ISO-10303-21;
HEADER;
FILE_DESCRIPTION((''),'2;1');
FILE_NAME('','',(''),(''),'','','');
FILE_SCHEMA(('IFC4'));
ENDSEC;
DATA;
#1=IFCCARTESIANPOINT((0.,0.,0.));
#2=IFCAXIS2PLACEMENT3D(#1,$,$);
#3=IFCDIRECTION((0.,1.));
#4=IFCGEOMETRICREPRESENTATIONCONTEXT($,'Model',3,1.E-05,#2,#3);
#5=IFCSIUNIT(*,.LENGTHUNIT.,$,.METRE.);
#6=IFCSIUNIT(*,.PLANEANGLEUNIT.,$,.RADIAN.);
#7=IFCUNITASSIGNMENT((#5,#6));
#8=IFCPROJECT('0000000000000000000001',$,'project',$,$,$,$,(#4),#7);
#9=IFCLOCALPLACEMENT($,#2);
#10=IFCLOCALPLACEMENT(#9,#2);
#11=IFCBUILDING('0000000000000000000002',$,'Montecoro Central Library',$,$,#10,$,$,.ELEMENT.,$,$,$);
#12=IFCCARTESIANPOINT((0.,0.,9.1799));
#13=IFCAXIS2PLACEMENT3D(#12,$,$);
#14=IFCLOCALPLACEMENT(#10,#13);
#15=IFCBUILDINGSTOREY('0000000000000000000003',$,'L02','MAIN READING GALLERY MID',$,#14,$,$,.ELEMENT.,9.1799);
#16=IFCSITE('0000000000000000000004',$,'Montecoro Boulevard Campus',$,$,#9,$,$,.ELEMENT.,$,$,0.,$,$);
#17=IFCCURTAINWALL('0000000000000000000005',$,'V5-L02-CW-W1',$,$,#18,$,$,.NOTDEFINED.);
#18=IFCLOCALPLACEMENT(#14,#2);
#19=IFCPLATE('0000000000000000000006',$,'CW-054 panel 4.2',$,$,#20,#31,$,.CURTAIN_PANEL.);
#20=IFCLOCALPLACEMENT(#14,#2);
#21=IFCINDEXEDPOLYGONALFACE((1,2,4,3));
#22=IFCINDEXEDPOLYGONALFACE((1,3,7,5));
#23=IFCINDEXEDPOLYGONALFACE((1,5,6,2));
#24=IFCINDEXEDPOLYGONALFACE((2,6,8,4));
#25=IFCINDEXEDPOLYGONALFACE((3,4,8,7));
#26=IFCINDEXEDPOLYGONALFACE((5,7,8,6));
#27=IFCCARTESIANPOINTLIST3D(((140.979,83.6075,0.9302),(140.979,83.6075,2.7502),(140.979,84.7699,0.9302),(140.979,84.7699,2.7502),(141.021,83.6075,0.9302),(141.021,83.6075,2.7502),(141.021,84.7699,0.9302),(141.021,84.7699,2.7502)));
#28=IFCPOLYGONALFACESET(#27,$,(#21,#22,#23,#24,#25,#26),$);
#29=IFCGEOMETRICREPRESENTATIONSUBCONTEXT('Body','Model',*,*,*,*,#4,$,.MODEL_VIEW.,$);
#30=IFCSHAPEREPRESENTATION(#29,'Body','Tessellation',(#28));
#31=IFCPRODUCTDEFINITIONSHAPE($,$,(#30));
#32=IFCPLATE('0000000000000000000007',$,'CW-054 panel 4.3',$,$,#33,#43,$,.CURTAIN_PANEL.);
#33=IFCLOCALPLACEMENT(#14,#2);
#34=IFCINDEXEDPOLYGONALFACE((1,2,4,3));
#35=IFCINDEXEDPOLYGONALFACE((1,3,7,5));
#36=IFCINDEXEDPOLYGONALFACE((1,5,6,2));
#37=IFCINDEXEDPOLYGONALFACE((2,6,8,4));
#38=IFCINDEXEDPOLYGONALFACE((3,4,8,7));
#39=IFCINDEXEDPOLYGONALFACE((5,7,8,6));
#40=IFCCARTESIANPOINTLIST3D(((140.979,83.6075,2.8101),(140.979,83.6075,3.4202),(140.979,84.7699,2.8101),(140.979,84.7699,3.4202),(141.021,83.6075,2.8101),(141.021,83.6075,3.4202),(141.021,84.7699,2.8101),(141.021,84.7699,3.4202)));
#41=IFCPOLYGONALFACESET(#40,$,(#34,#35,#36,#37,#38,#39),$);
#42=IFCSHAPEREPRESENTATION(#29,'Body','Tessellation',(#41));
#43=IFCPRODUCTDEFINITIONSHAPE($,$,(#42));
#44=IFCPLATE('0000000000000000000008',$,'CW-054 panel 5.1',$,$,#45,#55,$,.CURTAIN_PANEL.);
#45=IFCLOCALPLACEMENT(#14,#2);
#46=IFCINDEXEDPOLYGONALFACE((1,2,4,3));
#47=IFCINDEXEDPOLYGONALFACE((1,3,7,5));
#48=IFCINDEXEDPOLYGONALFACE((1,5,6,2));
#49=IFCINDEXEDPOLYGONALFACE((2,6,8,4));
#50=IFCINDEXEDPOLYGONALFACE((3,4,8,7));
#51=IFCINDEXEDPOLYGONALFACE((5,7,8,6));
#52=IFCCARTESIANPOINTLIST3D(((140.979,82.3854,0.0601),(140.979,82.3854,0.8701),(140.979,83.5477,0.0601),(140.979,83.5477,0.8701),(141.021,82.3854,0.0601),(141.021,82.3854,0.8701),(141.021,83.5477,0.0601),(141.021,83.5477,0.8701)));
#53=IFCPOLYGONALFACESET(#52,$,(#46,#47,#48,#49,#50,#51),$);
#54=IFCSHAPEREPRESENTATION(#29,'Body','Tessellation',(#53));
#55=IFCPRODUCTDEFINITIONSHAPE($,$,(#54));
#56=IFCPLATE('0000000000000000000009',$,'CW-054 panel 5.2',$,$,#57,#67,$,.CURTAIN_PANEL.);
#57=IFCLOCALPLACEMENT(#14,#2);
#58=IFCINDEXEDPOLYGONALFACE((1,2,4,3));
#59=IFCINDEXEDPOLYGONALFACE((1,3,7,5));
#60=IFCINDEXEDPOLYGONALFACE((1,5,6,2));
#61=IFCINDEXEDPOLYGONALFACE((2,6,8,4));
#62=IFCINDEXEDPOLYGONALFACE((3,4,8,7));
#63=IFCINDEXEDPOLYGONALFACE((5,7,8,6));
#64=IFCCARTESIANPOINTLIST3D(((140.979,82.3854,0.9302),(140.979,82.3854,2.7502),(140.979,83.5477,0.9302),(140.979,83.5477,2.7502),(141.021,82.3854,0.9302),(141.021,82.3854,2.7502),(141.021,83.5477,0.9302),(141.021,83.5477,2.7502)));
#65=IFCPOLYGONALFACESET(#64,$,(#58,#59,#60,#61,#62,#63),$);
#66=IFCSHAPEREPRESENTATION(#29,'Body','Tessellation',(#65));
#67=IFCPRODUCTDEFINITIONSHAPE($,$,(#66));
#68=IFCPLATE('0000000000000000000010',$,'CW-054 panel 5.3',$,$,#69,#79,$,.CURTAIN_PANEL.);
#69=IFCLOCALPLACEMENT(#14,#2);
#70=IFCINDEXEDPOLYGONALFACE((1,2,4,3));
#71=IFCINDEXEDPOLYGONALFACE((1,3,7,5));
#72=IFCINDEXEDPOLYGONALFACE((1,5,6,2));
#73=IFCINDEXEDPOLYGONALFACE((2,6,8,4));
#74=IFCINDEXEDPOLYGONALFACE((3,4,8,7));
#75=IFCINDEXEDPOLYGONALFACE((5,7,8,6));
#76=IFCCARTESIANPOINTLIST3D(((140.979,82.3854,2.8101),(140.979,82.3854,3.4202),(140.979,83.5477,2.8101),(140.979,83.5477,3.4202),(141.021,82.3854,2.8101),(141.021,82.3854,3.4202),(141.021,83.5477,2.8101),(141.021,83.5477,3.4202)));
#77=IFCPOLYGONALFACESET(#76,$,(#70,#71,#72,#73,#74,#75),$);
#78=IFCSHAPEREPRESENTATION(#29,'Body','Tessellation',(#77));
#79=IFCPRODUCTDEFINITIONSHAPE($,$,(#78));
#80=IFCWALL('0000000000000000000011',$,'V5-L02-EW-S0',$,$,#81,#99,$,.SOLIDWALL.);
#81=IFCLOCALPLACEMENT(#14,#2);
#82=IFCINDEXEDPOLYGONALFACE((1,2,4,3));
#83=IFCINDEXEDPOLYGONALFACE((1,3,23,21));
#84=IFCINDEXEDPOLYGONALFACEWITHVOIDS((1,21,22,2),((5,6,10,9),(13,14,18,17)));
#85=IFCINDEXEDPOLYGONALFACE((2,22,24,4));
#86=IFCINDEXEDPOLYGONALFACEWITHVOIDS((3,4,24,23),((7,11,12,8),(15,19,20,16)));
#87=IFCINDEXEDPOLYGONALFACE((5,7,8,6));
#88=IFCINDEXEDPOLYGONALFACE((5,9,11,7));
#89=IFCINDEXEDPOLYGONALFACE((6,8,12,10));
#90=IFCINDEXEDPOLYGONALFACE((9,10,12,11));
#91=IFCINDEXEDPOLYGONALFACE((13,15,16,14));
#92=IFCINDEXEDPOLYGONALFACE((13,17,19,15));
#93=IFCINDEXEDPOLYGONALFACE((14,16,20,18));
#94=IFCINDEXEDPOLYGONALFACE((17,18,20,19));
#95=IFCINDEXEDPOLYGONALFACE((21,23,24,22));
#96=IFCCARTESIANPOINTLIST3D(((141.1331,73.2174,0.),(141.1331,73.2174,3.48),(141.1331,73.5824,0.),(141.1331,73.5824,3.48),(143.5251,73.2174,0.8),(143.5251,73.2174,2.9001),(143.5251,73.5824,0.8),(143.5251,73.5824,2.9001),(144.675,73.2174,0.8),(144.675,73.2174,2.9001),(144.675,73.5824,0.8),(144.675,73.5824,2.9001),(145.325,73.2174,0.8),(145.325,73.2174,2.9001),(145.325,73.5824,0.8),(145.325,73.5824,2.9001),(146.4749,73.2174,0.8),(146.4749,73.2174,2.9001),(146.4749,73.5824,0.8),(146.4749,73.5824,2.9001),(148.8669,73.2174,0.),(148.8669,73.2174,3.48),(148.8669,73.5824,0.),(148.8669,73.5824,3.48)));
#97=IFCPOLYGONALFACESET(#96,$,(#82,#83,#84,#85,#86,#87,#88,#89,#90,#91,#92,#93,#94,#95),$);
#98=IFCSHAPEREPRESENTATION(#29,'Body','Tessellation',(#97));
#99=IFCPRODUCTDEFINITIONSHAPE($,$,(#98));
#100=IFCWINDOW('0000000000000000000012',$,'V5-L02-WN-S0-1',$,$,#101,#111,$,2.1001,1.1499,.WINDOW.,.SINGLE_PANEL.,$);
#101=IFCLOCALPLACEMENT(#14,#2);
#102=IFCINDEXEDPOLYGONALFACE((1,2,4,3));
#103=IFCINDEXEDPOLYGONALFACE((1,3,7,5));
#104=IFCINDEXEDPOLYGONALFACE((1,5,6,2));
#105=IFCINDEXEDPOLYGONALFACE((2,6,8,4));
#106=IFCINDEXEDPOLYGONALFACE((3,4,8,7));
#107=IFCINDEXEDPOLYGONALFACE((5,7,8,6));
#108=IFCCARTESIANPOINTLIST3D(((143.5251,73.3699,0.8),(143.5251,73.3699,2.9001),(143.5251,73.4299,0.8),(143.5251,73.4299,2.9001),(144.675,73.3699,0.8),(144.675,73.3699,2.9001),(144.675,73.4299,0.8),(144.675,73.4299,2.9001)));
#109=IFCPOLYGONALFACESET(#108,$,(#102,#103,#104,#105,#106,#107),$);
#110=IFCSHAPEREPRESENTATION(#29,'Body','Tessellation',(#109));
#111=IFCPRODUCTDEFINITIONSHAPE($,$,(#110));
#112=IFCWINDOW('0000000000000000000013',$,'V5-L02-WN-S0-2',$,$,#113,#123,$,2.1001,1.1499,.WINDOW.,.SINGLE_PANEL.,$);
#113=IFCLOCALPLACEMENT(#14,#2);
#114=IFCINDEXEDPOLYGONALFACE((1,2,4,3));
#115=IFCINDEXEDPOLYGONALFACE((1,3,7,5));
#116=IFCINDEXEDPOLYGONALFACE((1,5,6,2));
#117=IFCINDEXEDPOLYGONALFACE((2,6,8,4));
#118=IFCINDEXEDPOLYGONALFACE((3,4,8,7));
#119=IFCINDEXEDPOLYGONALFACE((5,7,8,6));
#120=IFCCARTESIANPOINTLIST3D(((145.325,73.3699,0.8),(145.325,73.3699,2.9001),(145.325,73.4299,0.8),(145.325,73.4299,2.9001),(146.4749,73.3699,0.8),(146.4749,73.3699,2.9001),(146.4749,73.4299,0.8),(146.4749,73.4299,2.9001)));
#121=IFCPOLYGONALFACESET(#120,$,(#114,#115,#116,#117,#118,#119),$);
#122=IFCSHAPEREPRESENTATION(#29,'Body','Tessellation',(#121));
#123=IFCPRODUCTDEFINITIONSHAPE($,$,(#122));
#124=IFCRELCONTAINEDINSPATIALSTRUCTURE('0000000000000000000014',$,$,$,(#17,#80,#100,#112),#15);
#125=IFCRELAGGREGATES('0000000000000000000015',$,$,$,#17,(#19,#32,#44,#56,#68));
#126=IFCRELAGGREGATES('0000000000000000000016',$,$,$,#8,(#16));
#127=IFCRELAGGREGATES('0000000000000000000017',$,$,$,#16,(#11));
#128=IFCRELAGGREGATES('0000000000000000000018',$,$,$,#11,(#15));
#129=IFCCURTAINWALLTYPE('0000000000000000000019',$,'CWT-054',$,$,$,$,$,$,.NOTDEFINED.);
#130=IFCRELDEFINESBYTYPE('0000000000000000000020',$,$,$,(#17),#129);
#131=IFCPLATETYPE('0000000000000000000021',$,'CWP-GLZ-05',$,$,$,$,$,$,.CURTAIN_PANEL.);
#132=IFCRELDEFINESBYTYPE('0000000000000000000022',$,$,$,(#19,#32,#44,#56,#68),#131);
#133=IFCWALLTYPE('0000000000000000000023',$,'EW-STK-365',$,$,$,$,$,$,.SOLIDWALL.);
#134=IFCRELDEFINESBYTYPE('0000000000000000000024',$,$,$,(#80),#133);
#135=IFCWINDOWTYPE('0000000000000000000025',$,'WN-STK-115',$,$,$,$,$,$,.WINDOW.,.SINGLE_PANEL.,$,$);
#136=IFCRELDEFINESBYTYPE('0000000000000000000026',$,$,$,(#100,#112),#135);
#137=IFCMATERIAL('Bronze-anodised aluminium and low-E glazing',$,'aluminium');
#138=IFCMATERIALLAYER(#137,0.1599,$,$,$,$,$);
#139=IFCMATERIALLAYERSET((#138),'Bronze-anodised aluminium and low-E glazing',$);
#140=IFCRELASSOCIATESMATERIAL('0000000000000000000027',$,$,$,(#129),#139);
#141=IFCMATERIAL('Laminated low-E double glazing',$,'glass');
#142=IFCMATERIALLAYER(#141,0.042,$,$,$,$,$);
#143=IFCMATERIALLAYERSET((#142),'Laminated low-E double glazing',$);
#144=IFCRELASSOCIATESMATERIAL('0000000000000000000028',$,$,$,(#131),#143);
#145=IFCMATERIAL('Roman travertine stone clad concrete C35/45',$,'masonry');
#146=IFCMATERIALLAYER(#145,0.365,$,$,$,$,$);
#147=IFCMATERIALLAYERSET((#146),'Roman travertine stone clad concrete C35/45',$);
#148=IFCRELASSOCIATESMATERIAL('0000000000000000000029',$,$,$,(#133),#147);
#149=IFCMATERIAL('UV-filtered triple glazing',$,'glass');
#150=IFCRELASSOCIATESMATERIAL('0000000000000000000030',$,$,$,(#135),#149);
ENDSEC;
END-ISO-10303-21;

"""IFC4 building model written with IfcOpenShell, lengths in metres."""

from ifc_helpers import new_model, si_unit, direction, frame, frame_2d, origin, origin_2d, place, context, subcontext, project, spatial, rectangle, extrude, material, layer, layer_set, type_object, element, fill, aggregate, save


model = new_model("IFC4")

# Units and contexts
model_context = context("Model", 3, precision=1e-05, world=origin(), true_north=direction((0.0, 1.0)))
body_context = subcontext(model_context, "Body", "Model", "MODEL_VIEW")
ifc_project = project(units=[si_unit("LENGTHUNIT", "METRE"), si_unit("PLANEANGLEUNIT", "RADIAN")], contexts=[model_context])

# Site, building, storey
site_placement = place(None, origin())
site = spatial("IfcSite", under=ifc_project, at=site_placement, Name="Montecoro Boulevard Campus", CompositionType="ELEMENT", RefElevation=0.0)
building_placement = place(site_placement, origin())
building = spatial("IfcBuilding", under=site, at=building_placement, Name="Montecoro Central Library", CompositionType="ELEMENT")
storey_placement = place(building_placement, frame((0.0, 0.0, 9.1799)))
storey = spatial("IfcBuildingStorey", under=building, at=storey_placement, Name="L02", Description="MAIN READING GALLERY MID", CompositionType="ELEMENT", Elevation=9.1799)

# Curtain wall, plates
ifc_material_1 = material(Name="Bronze-anodised aluminium and low-E glazing", Category="aluminium")
ifc_layer_1 = layer(ifc_material_1, 0.1599)
ifc_layer_set_1 = layer_set([ifc_layer_1], Name="Bronze-anodised aluminium and low-E glazing")
curtain_wall_type = type_object("IfcCurtainWallType", Name="CWT-054", PredefinedType="NOTDEFINED", material=ifc_layer_set_1)
curtain_wall_placement = place(storey_placement, origin())
curtain_wall = element("IfcCurtainWall", 1, at=curtain_wall_placement, inside=storey, type_object=curtain_wall_type, Name="V5-L02-CW-W1", PredefinedType="NOTDEFINED")
ifc_material_2 = material(Name="Laminated low-E double glazing", Category="glass")
ifc_layer_2 = layer(ifc_material_2, 0.042)
ifc_layer_set_2 = layer_set([ifc_layer_2], Name="Laminated low-E double glazing")
plate_type = type_object("IfcPlateType", Name="CWP-GLZ-05", PredefinedType="CURTAIN_PANEL", material=ifc_layer_set_2)
plate_1_placement = place(storey_placement, frame((141.0, 84.1887, 0.9302), z_axis=(0.0, 0.0, 1.0), x_axis=(0.0, -1.0, 0.0)))
plate_1 = element("IfcPlate", 2, at=plate_1_placement, type_object=plate_type, Name="CW-054 panel 4.2", PredefinedType="CURTAIN_PANEL", context=body_context, shape_type="SweptSolid", body=[
    extrude(rectangle(XDim=1.1624, YDim=0.042, at=origin_2d()), origin(), (0.0, 0.0, 1.0), 1.8201),
])
plate_2_placement = place(storey_placement, frame((141.0, 84.1887, 2.8101), z_axis=(0.0, 0.0, 1.0), x_axis=(0.0, -1.0, 0.0)))
plate_2 = element("IfcPlate", 3, at=plate_2_placement, type_object=plate_type, Name="CW-054 panel 4.3", PredefinedType="CURTAIN_PANEL", context=body_context, shape_type="SweptSolid", body=[
    extrude(rectangle(XDim=1.1624, YDim=0.042, at=origin_2d()), origin(), (0.0, 0.0, 1.0), 0.6101),
])
plate_3_placement = place(storey_placement, frame((141.0, 82.9666, 0.0601), z_axis=(0.0, 0.0, 1.0), x_axis=(0.0, -1.0, 0.0)))
plate_3 = element("IfcPlate", 4, at=plate_3_placement, type_object=plate_type, Name="CW-054 panel 5.1", PredefinedType="CURTAIN_PANEL", context=body_context, shape_type="SweptSolid", body=[
    extrude(rectangle(XDim=1.1624, YDim=0.042, at=origin_2d()), origin(), (0.0, 0.0, 1.0), 0.8101),
])
plate_4_placement = place(storey_placement, frame((141.0, 82.9666, 0.9302), z_axis=(0.0, 0.0, 1.0), x_axis=(0.0, -1.0, 0.0)))
plate_4 = element("IfcPlate", 5, at=plate_4_placement, type_object=plate_type, Name="CW-054 panel 5.2", PredefinedType="CURTAIN_PANEL", context=body_context, shape_type="SweptSolid", body=[
    extrude(rectangle(XDim=1.1624, YDim=0.042, at=origin_2d()), origin(), (0.0, 0.0, 1.0), 1.8201),
])
plate_5_placement = place(storey_placement, frame((141.0, 82.9666, 2.8101), z_axis=(0.0, 0.0, 1.0), x_axis=(0.0, -1.0, 0.0)))
plate_5 = element("IfcPlate", 6, at=plate_5_placement, type_object=plate_type, Name="CW-054 panel 5.3", PredefinedType="CURTAIN_PANEL", context=body_context, shape_type="SweptSolid", body=[
    extrude(rectangle(XDim=1.1624, YDim=0.042, at=origin_2d()), origin(), (0.0, 0.0, 1.0), 0.6101),
])
aggregate(curtain_wall, [plate_1, plate_2, plate_3, plate_4, plate_5])

# Wall, openings, windows
ifc_material_3 = material(Name="Roman travertine stone clad concrete C35/45", Category="masonry")
ifc_layer_3 = layer(ifc_material_3, 0.365)
ifc_layer_set_3 = layer_set([ifc_layer_3], Name="Roman travertine stone clad concrete C35/45")
wall_type = type_object("IfcWallType", Name="EW-STK-365", PredefinedType="SOLIDWALL", material=ifc_layer_set_3)
wall_placement = place(storey_placement, frame((141.1331, 73.3999, 0.0), z_axis=(0.0, 0.0, 1.0), x_axis=(1.0, 0.0, 0.0)))
wall = element("IfcWall", 7, at=wall_placement, inside=storey, type_object=wall_type, Name="V5-L02-EW-S0", PredefinedType="SOLIDWALL", context=body_context, shape_type="SweptSolid", body=[
    extrude(rectangle(XDim=7.7339, YDim=0.365, at=frame_2d((3.8669, 0.0))), origin(), (0.0, 0.0, 1.0), 3.48),
])
opening_1_placement = place(wall_placement, frame((2.3921, 0.0, 0.8)))
opening_1 = element("IfcOpeningElement", 8, at=opening_1_placement, cuts=wall, PredefinedType="OPENING", context=body_context, shape_type="SweptSolid", body=[
    extrude(rectangle(XDim=1.1499, YDim=2.1001, at=frame_2d((0.575, 1.05))), frame((0.0, 0.1924, 0.0), z_axis=(0.0, -1.0, 0.0), x_axis=(1.0, 0.0, 0.0)), (0.0, 0.0, 1.0), 0.385),
])
opening_2_placement = place(wall_placement, frame((4.1919, 0.0, 0.8)))
opening_2 = element("IfcOpeningElement", 9, at=opening_2_placement, cuts=wall, PredefinedType="OPENING", context=body_context, shape_type="SweptSolid", body=[
    extrude(rectangle(XDim=1.1499, YDim=2.1001, at=frame_2d((0.575, 1.05))), frame((0.0, 0.1924, 0.0), z_axis=(0.0, -1.0, 0.0), x_axis=(1.0, 0.0, 0.0)), (0.0, 0.0, 1.0), 0.385),
])
ifc_material_4 = material(Name="UV-filtered triple glazing", Category="glass")
window_type = type_object("IfcWindowType", Name="WN-STK-115", PartitioningType="SINGLE_PANEL", PredefinedType="WINDOW", material=ifc_material_4)
window_1_placement = place(opening_1_placement, origin())
window_1 = element("IfcWindow", 10, at=window_1_placement, inside=storey, type_object=window_type, Name="V5-L02-WN-S0-1", OverallHeight=2.1001, OverallWidth=1.1499, PartitioningType="SINGLE_PANEL", PredefinedType="WINDOW", context=body_context, shape_type="SweptSolid", body=[
    extrude(rectangle(XDim=1.1499, YDim=2.1001, at=frame_2d((0.575, 1.05))), frame((0.0, 0.03, 0.0), z_axis=(0.0, -1.0, 0.0), x_axis=(1.0, 0.0, 0.0)), (0.0, 0.0, 1.0), 0.0601),
])
fill(opening_1, window_1)
window_2_placement = place(opening_2_placement, origin())
window_2 = element("IfcWindow", 11, at=window_2_placement, inside=storey, type_object=window_type, Name="V5-L02-WN-S0-2", OverallHeight=2.1001, OverallWidth=1.1499, PartitioningType="SINGLE_PANEL", PredefinedType="WINDOW", context=body_context, shape_type="SweptSolid", body=[
    extrude(rectangle(XDim=1.1499, YDim=2.1001, at=frame_2d((0.575, 1.05))), frame((0.0, 0.03, 0.0), z_axis=(0.0, -1.0, 0.0), x_axis=(1.0, 0.0, 0.0)), (0.0, 0.0, 1.0), 0.0601),
])
fill(opening_2, window_2)

save(model, "model.ifc")
